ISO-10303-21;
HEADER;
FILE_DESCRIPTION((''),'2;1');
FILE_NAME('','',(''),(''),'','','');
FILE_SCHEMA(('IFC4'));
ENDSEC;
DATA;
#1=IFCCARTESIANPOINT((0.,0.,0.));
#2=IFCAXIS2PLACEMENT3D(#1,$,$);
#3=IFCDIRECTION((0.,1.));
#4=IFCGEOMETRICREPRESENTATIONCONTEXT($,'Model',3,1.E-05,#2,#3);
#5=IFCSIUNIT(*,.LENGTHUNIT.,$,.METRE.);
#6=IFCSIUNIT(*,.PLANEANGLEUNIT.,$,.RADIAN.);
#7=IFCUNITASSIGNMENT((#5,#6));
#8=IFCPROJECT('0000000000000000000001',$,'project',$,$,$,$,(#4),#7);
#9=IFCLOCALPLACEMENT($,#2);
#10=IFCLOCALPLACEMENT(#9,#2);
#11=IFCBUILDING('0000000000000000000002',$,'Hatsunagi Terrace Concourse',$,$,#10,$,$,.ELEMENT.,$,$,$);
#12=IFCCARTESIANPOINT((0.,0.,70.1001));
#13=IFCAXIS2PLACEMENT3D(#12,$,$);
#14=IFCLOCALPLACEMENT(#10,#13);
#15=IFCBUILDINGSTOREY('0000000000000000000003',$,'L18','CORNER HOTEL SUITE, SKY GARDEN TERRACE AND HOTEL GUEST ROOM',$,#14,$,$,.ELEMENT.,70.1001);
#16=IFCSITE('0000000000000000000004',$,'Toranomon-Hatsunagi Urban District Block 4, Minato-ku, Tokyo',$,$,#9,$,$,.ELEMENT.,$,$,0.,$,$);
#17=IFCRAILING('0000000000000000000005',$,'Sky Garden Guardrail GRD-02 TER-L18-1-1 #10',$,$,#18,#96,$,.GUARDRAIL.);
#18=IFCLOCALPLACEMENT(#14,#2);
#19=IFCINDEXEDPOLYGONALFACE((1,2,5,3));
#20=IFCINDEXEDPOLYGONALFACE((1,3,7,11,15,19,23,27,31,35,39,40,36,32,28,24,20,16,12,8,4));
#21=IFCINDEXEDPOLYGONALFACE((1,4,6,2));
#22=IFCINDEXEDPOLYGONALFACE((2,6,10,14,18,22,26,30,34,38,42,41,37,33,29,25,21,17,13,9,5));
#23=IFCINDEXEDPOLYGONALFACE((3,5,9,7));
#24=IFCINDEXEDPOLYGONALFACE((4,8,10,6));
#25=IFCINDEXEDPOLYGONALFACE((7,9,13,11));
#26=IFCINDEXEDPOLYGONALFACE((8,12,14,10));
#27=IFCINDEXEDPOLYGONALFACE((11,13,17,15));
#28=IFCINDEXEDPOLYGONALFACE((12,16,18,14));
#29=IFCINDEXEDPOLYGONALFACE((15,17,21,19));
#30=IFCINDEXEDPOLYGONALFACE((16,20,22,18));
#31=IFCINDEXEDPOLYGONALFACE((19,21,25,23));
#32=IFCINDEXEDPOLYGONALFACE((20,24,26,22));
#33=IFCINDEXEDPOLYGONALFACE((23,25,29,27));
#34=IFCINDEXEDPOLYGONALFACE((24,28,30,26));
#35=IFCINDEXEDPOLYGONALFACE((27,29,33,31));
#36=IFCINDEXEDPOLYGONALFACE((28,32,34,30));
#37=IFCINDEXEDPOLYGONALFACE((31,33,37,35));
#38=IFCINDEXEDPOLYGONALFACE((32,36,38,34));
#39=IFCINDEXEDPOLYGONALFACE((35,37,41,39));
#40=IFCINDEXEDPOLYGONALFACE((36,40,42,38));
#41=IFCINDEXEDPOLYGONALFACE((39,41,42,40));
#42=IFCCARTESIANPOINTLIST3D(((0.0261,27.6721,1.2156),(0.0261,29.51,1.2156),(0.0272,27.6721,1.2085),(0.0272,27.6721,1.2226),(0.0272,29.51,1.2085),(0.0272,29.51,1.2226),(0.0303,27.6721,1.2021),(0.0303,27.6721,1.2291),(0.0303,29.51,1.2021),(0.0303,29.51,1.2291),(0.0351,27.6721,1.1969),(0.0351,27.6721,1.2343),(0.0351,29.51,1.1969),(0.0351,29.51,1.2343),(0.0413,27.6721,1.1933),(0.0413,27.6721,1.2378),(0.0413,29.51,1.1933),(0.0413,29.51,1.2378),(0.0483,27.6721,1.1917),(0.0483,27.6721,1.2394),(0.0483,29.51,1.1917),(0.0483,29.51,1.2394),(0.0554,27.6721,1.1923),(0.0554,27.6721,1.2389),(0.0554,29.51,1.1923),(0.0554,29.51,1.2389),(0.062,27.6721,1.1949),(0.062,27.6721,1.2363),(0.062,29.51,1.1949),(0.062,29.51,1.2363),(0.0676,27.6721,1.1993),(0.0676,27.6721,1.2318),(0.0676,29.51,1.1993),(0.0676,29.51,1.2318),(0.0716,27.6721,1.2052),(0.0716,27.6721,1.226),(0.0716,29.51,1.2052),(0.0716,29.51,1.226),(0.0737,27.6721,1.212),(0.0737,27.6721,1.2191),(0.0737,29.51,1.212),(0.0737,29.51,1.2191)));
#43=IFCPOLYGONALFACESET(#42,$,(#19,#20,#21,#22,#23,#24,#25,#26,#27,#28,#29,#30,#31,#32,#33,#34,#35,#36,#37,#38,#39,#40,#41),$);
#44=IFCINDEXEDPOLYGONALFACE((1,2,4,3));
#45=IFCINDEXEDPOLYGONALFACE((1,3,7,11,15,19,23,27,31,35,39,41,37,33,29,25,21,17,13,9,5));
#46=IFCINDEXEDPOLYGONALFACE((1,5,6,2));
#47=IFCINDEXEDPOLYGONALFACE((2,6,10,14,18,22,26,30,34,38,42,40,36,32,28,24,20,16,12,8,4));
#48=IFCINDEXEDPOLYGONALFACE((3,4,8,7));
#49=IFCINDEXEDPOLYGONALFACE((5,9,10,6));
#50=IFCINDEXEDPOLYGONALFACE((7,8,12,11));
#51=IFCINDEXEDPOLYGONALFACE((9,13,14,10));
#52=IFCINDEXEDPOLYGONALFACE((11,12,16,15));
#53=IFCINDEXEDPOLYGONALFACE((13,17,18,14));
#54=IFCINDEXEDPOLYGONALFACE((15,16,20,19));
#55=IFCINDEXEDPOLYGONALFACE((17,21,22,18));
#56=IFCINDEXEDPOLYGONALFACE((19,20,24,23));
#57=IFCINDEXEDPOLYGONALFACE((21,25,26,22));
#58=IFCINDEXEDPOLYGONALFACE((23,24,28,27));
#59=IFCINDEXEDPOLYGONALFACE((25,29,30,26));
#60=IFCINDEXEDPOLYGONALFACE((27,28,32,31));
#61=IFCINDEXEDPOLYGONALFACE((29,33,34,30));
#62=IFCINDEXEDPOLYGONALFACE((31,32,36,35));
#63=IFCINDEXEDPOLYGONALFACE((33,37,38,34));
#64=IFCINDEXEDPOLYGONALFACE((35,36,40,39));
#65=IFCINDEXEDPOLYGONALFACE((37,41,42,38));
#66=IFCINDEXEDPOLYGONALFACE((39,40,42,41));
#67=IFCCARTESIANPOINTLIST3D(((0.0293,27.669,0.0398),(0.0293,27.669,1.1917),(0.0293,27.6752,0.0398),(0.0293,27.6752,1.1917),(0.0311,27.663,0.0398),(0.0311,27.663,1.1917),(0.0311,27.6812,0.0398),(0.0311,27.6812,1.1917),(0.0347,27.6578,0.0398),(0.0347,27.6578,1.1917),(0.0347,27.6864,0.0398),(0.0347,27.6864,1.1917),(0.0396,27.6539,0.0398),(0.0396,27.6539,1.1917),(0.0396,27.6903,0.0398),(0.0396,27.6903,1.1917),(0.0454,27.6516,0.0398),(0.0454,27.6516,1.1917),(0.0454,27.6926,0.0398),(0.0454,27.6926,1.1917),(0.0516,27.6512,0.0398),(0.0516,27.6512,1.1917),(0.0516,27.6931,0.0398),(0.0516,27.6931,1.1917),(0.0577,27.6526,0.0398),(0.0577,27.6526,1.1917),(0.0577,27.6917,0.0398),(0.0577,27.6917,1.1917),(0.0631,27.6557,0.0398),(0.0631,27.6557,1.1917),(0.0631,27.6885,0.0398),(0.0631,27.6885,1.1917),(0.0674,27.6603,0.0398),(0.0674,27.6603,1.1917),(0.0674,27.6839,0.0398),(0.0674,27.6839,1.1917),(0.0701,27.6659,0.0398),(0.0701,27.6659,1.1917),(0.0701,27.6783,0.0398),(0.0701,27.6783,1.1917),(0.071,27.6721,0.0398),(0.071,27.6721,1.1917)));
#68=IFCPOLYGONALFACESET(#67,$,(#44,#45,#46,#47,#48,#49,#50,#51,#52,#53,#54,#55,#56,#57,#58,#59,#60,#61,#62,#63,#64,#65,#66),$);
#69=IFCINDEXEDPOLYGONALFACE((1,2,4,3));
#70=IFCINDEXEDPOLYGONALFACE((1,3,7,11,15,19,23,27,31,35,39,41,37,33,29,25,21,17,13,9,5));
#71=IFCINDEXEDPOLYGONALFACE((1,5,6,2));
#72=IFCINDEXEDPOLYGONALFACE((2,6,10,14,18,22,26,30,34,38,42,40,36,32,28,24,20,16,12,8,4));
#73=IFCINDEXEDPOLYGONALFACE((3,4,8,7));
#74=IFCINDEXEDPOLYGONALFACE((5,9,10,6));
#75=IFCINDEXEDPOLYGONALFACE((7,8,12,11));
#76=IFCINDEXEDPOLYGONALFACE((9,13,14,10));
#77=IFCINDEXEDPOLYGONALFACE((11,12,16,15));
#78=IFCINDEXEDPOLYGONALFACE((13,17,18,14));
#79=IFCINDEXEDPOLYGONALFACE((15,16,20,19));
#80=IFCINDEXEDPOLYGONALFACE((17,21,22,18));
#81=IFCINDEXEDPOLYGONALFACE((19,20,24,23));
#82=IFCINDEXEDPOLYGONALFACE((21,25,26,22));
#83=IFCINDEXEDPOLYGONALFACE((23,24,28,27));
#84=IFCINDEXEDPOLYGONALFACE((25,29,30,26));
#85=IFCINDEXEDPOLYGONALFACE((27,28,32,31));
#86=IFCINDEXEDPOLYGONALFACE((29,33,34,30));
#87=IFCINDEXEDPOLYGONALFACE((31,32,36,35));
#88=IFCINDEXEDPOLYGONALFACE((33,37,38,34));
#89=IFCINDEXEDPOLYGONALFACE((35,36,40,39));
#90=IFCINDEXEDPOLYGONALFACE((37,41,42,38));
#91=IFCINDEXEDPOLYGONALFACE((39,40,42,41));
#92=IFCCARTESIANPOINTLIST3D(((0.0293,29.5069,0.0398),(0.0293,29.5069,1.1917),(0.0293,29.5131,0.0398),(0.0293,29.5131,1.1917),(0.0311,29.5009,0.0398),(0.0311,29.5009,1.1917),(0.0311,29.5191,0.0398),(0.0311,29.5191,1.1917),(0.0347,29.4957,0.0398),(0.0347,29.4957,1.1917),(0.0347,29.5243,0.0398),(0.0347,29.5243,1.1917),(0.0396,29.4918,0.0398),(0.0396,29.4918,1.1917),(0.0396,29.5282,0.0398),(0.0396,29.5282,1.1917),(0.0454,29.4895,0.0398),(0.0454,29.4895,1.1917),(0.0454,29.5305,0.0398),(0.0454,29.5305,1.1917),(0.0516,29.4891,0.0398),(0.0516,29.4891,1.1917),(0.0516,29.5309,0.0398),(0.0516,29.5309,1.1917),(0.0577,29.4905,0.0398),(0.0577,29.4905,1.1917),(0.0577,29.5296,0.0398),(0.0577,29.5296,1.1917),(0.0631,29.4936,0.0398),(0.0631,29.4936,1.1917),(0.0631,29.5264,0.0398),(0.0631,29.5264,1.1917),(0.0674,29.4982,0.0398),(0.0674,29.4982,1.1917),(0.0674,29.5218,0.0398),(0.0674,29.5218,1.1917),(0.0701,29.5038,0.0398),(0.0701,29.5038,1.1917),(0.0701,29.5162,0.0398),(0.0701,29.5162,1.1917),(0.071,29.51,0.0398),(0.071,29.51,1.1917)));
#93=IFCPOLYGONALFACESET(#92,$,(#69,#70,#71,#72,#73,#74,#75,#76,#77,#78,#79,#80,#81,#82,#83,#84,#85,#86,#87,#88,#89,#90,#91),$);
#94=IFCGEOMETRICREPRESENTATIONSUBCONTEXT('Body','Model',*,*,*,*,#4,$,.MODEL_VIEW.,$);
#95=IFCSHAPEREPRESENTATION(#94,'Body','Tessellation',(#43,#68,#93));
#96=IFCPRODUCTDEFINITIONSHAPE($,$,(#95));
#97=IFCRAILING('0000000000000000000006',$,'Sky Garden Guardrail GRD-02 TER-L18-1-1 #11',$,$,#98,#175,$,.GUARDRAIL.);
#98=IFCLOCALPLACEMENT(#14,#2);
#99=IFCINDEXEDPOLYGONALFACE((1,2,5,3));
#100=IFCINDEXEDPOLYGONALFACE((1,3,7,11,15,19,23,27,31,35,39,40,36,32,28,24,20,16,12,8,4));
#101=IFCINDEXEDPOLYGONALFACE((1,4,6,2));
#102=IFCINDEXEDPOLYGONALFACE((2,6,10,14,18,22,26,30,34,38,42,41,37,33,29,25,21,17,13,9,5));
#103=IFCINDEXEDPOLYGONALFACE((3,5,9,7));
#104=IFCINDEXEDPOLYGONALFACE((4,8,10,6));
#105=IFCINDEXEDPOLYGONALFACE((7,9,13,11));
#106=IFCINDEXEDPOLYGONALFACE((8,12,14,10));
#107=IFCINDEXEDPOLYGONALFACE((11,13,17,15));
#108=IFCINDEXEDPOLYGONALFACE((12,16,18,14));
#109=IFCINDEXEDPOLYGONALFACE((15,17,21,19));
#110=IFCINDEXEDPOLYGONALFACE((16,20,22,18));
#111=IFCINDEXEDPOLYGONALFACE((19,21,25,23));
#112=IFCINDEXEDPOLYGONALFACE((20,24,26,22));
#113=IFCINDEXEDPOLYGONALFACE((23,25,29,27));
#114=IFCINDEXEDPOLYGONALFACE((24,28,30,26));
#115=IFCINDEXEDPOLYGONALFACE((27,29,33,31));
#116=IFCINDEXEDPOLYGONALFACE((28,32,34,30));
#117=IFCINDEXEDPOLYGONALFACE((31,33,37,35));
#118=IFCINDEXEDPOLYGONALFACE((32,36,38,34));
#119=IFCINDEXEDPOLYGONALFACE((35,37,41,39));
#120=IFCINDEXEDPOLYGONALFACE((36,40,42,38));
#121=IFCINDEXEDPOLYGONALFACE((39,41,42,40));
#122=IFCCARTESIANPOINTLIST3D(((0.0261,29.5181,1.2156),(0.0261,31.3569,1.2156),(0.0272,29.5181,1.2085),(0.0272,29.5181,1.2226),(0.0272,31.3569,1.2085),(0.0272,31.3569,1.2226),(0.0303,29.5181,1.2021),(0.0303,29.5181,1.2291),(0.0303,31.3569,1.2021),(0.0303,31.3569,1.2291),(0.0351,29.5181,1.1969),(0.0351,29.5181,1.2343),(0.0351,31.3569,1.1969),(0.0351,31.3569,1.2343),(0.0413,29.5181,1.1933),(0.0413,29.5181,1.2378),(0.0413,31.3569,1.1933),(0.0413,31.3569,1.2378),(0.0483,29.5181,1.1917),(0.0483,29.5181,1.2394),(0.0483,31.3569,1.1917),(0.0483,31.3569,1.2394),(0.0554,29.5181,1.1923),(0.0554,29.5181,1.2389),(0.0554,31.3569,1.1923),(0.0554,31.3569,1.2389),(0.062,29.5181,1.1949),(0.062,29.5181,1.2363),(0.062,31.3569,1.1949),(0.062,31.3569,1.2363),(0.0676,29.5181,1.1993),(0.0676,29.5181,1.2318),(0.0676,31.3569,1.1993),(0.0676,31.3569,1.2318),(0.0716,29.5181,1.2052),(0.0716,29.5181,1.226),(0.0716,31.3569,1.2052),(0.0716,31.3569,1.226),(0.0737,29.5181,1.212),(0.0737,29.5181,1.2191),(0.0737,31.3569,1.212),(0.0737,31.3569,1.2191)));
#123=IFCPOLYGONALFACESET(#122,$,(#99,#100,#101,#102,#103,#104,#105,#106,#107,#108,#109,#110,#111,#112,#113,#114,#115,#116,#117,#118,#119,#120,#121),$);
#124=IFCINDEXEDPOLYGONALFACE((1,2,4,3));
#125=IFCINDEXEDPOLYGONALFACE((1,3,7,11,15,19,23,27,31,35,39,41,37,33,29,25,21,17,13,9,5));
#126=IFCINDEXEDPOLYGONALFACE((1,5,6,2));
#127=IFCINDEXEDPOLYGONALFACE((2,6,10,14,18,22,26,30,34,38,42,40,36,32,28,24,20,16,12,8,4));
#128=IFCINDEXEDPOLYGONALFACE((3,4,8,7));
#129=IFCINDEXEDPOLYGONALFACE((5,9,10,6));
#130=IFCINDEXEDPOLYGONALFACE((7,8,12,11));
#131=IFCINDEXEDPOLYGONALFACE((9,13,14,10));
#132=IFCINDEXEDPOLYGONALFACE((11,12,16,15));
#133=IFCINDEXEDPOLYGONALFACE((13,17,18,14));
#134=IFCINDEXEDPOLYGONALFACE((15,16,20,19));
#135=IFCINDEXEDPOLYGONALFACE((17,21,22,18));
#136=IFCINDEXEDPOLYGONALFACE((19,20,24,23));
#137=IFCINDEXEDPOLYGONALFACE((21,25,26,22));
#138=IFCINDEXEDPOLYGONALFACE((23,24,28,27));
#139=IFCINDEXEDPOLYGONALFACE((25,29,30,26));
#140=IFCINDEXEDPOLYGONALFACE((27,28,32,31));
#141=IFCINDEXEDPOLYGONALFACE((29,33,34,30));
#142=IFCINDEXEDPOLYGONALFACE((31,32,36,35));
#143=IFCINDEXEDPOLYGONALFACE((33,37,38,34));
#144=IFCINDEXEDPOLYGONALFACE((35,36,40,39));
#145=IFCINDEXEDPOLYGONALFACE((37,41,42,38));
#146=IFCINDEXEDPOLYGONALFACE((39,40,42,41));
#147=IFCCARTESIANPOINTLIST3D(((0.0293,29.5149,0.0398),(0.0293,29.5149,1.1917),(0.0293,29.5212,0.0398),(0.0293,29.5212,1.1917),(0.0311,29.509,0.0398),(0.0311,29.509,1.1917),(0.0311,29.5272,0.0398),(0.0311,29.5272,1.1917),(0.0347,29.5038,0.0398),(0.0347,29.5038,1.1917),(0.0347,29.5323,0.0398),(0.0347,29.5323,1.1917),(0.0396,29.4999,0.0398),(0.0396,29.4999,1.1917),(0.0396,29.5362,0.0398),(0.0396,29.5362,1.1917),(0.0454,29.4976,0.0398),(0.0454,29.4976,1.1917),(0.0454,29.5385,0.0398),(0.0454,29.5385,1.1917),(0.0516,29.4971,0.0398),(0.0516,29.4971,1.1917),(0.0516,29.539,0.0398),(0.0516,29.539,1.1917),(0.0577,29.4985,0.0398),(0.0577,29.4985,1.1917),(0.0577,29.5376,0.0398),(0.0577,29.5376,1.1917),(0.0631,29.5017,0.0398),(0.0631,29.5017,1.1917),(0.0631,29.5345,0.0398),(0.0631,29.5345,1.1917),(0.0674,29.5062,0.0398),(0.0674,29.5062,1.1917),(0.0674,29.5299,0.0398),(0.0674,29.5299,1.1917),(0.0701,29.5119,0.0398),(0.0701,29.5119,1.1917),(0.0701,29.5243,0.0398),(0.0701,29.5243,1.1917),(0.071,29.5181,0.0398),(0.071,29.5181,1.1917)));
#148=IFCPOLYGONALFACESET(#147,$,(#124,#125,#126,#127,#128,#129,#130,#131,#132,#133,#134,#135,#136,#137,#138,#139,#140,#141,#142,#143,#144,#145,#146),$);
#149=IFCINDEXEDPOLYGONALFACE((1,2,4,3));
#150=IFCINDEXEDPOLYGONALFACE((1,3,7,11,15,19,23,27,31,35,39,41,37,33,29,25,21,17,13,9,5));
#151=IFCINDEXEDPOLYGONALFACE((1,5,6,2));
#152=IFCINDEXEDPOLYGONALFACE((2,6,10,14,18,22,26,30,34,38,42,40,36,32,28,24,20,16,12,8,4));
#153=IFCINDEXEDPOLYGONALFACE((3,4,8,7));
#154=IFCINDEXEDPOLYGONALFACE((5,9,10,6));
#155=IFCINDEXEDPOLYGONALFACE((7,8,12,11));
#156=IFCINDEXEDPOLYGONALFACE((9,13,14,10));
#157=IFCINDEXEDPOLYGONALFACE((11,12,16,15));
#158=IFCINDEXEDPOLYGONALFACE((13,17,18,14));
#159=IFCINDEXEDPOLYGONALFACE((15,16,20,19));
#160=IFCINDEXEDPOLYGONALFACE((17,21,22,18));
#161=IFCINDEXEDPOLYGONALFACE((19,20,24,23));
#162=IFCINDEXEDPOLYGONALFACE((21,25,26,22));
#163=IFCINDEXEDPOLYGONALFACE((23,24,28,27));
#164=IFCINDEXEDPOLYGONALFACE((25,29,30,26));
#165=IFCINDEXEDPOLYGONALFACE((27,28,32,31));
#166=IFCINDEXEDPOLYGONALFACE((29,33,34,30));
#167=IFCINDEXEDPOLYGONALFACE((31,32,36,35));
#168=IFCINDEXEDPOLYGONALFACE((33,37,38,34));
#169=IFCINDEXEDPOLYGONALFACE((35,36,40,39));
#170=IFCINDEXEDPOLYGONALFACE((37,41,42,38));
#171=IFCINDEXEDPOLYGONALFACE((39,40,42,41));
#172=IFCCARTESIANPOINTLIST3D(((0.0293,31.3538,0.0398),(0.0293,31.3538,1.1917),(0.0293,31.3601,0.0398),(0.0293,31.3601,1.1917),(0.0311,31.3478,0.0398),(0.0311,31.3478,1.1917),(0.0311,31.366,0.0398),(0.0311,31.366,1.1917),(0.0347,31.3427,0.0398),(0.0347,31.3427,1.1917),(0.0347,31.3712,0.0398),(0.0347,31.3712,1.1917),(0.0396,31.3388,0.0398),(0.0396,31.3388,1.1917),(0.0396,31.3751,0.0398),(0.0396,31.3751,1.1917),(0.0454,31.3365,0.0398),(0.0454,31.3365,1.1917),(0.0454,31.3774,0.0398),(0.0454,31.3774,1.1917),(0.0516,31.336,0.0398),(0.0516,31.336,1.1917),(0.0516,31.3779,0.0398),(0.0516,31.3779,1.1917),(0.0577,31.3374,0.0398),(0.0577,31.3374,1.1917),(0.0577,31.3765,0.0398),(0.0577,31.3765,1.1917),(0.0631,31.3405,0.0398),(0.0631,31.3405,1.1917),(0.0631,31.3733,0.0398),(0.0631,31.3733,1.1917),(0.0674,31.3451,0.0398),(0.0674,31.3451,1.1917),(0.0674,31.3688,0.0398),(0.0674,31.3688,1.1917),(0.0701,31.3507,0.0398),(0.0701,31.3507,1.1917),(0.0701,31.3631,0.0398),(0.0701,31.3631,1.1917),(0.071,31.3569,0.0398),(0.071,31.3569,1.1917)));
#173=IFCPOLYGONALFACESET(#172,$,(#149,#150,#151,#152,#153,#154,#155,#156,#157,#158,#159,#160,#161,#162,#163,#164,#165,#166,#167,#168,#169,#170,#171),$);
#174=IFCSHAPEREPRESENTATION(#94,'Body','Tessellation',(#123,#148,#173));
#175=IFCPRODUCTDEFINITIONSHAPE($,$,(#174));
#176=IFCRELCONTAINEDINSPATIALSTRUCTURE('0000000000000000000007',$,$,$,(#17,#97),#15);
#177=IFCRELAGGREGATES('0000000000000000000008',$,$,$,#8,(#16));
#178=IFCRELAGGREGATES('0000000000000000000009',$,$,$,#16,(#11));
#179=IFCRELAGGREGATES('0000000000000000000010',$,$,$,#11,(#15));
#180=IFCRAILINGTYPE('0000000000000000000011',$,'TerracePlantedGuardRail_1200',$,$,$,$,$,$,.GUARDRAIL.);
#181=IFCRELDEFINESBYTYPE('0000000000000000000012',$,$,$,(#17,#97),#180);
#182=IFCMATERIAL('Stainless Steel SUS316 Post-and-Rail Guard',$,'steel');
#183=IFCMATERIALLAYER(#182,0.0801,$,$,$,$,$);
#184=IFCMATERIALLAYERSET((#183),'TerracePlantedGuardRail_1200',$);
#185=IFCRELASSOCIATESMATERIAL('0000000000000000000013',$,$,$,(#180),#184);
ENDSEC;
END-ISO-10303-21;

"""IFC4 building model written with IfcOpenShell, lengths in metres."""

from ifc_helpers import new_model, si_unit, direction, frame, origin, origin_2d, place, context, subcontext, project, spatial, circle, extrude, material, layer, layer_set, type_object, element, save


model = new_model("IFC4")

# Units and contexts
model_context = context("Model", 3, precision=1e-05, world=origin(), true_north=direction((0.0, 1.0)))
body_context = subcontext(model_context, "Body", "Model", "MODEL_VIEW")
ifc_project = project(units=[si_unit("LENGTHUNIT", "METRE"), si_unit("PLANEANGLEUNIT", "RADIAN")], contexts=[model_context])

# Site, building, storey
site_placement = place(None, origin())
site = spatial("IfcSite", under=ifc_project, at=site_placement, Name="Toranomon-Hatsunagi Urban District Block 4, Minato-ku, Tokyo", CompositionType="ELEMENT", RefElevation=0.0)
building_placement = place(site_placement, origin())
building = spatial("IfcBuilding", under=site, at=building_placement, Name="Hatsunagi Terrace Concourse", CompositionType="ELEMENT")
storey_placement = place(building_placement, frame((0.0, 0.0, 70.1001)))
storey = spatial("IfcBuildingStorey", under=building, at=storey_placement, Name="L18", Description="CORNER HOTEL SUITE, SKY GARDEN TERRACE AND HOTEL GUEST ROOM", CompositionType="ELEMENT", Elevation=70.1001)

# Railings
ifc_material_1 = material(Name="Stainless Steel SUS316 Post-and-Rail Guard", Category="steel")
ifc_layer_1 = layer(ifc_material_1, 0.0801)
ifc_layer_set_1 = layer_set([ifc_layer_1], Name="TerracePlantedGuardRail_1200")
railing_type = type_object("IfcRailingType", Name="TerracePlantedGuardRail_1200", PredefinedType="GUARDRAIL", material=ifc_layer_set_1)
railing_1_placement = place(storey_placement, frame((0.05, 27.6721, 0.0398)))
element("IfcRailing", 1, at=railing_1_placement, inside=storey, type_object=railing_type, Name="Sky Garden Guardrail GRD-02 TER-L18-1-1 #10", PredefinedType="GUARDRAIL", context=body_context, shape_type="SweptSolid", body=[
    extrude(circle(Radius=0.0239, at=origin_2d()), frame((0.0, 0.0, 1.1758), z_axis=(0.0, 1.0, 0.0), x_axis=(-1.0, 0.0, 0.0)), (0.0, 0.0, 1.0), 1.8379),
    extrude(circle(Radius=0.021, at=origin_2d()), origin(), (0.0, 0.0, 1.0), 1.1519),
    extrude(circle(Radius=0.021, at=origin_2d()), frame((0.0, 1.8379, 0.0)), (0.0, 0.0, 1.0), 1.1519),
])
for number, where, name in (
    (2, (0.05, 29.5181, 0.0398), "Sky Garden Guardrail GRD-02 TER-L18-1-1 #11"),
):
    element("IfcRailing", number, at=place(storey_placement, frame(where)), inside=storey, type_object=railing_type, Name=name, PredefinedType="GUARDRAIL", context=body_context, shape_type="SweptSolid", body=[
        extrude(circle(Radius=0.0239, at=origin_2d()), frame((0.0, 0.0, 1.1758), z_axis=(0.0, 1.0, 0.0), x_axis=(-1.0, 0.0, 0.0)), (0.0, 0.0, 1.0), 1.8389),
        extrude(circle(Radius=0.021, at=origin_2d()), origin(), (0.0, 0.0, 1.0), 1.1519),
        extrude(circle(Radius=0.021, at=origin_2d()), frame((0.0, 1.8389, 0.0)), (0.0, 0.0, 1.0), 1.1519),
    ])

save(model, "model.ifc")
